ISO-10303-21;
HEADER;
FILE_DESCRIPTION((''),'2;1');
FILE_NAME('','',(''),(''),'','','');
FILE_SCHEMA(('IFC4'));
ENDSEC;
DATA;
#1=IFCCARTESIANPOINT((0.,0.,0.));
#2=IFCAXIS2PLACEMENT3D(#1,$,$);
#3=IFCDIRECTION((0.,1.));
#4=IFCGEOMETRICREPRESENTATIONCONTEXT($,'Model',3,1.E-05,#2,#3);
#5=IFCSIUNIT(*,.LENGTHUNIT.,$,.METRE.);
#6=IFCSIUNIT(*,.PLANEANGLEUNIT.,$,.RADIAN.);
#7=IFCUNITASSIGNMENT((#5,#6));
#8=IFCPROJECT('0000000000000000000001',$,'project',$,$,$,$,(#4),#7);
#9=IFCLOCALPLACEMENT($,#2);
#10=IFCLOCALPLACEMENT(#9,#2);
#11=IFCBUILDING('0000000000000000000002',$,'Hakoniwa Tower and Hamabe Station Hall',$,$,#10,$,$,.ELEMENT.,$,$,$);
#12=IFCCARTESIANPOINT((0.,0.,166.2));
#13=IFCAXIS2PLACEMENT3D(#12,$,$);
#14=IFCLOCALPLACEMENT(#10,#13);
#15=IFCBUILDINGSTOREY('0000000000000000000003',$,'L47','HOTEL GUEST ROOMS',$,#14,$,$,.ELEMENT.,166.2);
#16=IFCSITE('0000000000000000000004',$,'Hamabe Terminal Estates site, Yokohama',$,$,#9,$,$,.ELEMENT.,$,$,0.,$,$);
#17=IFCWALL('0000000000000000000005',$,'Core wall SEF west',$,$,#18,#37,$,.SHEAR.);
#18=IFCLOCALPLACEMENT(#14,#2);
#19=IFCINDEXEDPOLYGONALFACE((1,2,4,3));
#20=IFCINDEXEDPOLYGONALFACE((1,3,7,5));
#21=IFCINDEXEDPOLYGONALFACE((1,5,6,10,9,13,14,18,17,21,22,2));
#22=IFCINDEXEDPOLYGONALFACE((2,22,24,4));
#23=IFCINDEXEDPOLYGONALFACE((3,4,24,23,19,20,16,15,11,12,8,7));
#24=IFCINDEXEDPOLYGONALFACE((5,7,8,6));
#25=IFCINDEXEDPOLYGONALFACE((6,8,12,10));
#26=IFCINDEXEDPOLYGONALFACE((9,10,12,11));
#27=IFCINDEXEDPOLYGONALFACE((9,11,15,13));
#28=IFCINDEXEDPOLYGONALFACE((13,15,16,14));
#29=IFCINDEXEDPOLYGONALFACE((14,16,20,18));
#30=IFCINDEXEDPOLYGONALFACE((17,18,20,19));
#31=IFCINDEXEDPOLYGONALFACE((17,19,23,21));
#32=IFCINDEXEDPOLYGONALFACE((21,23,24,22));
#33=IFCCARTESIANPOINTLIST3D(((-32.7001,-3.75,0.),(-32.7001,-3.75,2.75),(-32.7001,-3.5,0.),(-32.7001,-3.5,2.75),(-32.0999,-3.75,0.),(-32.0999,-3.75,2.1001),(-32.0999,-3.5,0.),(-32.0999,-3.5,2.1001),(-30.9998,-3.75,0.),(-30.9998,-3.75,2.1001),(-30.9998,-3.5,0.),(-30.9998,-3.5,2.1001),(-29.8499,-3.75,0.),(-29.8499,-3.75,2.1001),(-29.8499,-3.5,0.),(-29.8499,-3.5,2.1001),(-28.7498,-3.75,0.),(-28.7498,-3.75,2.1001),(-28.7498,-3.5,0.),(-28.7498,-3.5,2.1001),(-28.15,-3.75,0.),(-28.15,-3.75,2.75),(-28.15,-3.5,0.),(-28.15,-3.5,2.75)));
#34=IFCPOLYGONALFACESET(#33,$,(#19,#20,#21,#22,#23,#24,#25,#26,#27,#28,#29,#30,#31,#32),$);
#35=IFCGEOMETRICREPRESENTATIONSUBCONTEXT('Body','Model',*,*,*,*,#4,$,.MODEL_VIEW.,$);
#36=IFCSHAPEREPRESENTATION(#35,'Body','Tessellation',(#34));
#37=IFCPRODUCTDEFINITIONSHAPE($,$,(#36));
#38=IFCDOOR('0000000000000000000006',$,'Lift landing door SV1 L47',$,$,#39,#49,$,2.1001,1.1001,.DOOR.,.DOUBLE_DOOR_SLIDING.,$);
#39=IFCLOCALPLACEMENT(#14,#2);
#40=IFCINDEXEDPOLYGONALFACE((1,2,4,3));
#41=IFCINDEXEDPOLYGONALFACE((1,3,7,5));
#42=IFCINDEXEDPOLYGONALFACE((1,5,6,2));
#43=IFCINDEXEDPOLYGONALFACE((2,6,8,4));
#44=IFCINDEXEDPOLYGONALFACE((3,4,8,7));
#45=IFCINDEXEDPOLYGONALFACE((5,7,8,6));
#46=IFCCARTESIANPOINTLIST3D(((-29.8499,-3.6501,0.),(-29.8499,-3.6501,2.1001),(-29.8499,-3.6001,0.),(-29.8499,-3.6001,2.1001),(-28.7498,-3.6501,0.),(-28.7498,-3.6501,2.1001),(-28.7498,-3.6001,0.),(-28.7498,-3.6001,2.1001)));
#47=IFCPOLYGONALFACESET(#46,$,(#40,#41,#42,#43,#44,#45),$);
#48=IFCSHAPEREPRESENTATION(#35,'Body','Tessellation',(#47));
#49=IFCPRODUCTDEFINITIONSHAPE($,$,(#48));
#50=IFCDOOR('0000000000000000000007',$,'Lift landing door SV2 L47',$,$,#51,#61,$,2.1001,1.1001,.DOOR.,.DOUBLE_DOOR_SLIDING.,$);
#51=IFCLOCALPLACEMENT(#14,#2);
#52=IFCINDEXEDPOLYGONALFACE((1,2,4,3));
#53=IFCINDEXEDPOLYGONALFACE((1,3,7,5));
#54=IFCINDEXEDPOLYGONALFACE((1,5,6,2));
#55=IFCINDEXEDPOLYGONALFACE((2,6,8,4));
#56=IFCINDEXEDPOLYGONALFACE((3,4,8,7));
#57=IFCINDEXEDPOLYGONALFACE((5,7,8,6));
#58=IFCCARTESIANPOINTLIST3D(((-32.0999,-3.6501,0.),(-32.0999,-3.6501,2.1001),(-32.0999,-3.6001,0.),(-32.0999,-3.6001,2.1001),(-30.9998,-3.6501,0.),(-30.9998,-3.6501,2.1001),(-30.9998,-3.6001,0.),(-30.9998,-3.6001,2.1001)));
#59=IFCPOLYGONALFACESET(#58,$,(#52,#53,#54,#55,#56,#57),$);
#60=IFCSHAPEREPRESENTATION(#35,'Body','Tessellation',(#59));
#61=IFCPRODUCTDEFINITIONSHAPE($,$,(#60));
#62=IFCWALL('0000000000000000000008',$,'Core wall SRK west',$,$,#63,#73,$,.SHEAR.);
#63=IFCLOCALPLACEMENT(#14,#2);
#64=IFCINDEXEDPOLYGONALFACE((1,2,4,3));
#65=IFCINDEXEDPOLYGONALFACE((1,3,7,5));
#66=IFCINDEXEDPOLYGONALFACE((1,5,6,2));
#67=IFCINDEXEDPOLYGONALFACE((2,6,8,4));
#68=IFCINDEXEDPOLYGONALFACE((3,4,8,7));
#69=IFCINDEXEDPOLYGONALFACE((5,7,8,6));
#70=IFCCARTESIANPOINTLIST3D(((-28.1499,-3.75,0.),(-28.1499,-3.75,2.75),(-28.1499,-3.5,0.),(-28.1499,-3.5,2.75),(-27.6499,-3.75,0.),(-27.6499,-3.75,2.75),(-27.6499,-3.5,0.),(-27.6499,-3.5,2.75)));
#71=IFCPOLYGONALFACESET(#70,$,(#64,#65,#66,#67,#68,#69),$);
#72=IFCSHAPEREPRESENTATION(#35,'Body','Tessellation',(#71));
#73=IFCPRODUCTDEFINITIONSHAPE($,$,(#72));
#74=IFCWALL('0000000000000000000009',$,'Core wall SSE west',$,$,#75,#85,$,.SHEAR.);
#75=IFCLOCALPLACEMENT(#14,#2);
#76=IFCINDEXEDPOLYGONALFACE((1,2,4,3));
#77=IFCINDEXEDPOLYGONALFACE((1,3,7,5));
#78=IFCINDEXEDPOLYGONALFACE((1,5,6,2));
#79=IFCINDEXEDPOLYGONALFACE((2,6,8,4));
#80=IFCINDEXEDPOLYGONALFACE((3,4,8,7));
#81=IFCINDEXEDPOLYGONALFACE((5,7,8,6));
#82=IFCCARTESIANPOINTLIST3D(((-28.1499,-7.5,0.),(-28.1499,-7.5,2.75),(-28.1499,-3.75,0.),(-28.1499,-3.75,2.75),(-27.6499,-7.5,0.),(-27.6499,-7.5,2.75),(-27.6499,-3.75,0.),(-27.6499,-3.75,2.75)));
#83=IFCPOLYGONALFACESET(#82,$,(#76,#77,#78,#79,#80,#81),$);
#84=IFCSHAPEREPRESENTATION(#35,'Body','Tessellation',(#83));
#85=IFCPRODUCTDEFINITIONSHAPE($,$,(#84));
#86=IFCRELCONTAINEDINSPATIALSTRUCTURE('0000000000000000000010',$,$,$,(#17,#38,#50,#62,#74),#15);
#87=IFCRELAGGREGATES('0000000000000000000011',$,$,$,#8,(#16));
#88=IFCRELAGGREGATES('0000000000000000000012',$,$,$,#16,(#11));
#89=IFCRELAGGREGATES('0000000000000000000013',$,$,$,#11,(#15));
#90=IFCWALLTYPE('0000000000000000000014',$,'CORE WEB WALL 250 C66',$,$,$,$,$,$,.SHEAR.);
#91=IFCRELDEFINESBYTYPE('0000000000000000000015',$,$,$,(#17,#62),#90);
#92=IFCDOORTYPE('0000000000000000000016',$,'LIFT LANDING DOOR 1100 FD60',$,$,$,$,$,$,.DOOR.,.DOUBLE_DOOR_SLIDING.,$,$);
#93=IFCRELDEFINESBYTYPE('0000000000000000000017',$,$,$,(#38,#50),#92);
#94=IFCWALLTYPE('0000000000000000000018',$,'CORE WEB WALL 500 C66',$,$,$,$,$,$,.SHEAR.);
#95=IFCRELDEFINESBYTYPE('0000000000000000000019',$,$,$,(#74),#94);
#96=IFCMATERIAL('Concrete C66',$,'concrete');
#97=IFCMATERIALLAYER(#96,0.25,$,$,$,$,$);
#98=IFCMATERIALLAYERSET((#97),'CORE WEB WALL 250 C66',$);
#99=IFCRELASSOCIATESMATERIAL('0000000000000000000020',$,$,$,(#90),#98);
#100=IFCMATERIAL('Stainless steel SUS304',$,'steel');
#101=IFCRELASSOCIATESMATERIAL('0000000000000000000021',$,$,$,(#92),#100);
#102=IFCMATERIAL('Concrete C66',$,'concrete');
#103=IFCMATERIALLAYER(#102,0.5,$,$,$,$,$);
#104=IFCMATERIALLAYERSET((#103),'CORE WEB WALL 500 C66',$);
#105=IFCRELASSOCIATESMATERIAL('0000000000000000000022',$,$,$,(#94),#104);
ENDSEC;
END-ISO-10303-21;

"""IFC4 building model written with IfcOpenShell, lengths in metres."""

from ifc_helpers import new_model, si_unit, direction, frame, frame_2d, origin, place, context, subcontext, project, spatial, rectangle, extrude, material, layer, layer_set, type_object, element, fill, save


model = new_model("IFC4")

# Units and contexts
model_context = context("Model", 3, precision=1e-05, world=origin(), true_north=direction((0.0, 1.0)))
body_context = subcontext(model_context, "Body", "Model", "MODEL_VIEW")
ifc_project = project(units=[si_unit("LENGTHUNIT", "METRE"), si_unit("PLANEANGLEUNIT", "RADIAN")], contexts=[model_context])

# Site, building, storey
site_placement = place(None, origin())
site = spatial("IfcSite", under=ifc_project, at=site_placement, Name="Hamabe Terminal Estates site, Yokohama", CompositionType="ELEMENT", RefElevation=0.0)
building_placement = place(site_placement, origin())
building = spatial("IfcBuilding", under=site, at=building_placement, Name="Hakoniwa Tower and Hamabe Station Hall", CompositionType="ELEMENT")
storey_placement = place(building_placement, frame((0.0, 0.0, 166.2)))
storey = spatial("IfcBuildingStorey", under=building, at=storey_placement, Name="L47", Description="HOTEL GUEST ROOMS", CompositionType="ELEMENT", Elevation=166.2)

# Wall, openings, doors
ifc_material_1 = material(Name="Concrete C66", Category="concrete")
ifc_layer_1 = layer(ifc_material_1, 0.25)
ifc_layer_set_1 = layer_set([ifc_layer_1], Name="CORE WEB WALL 250 C66")
wall_type_1 = type_object("IfcWallType", Name="CORE WEB WALL 250 C66", PredefinedType="SHEAR", material=ifc_layer_set_1)
ifc_material_2 = material(Name="Stainless steel SUS304", Category="steel")
door_type_1 = type_object("IfcDoorType", Name="LIFT LANDING DOOR 1100 FD60", OperationType="DOUBLE_DOOR_SLIDING", PredefinedType="DOOR", material=ifc_material_2)
wall_1_placement = place(storey_placement, frame((-32.7, -3.625, 0.0), z_axis=(0.0, 0.0, 1.0), x_axis=(1.0, 0.0, 0.0)))
wall_1 = element("IfcWall", 1, at=wall_1_placement, inside=storey, type_object=wall_type_1, Name="Core wall SEF west", PredefinedType="SHEAR", context=body_context, shape_type="SweptSolid", body=[
    extrude(rectangle(XDim=4.55, YDim=0.25, at=frame_2d((2.2749, 0.0))), origin(), (0.0, 0.0, 1.0), 2.75),
])
opening_1_placement = place(wall_1_placement, frame((2.8501, 0.0, 0.0)))
opening_1 = element("IfcOpeningElement", 2, at=opening_1_placement, cuts=wall_1, PredefinedType="OPENING", context=body_context, shape_type="SweptSolid", body=[
    extrude(rectangle(XDim=1.1001, YDim=2.1001, at=frame_2d((0.55, 1.05))), frame((0.0, 0.135, 0.0), z_axis=(0.0, -1.0, 0.0), x_axis=(1.0, 0.0, 0.0)), (0.0, 0.0, 1.0), 0.27),
])
opening_2_placement = place(wall_1_placement, frame((0.6001, 0.0, 0.0)))
opening_2 = element("IfcOpeningElement", 3, at=opening_2_placement, cuts=wall_1, PredefinedType="OPENING", context=body_context, shape_type="SweptSolid", body=[
    extrude(rectangle(XDim=1.1001, YDim=2.1001, at=frame_2d((0.55, 1.05))), frame((0.0, 0.135, 0.0), z_axis=(0.0, -1.0, 0.0), x_axis=(1.0, 0.0, 0.0)), (0.0, 0.0, 1.0), 0.27),
])
door_1_placement = place(opening_1_placement, origin())
door_1 = element("IfcDoor", 4, at=door_1_placement, inside=storey, type_object=door_type_1, Name="Lift landing door SV1 L47", OperationType="DOUBLE_DOOR_SLIDING", OverallHeight=2.1001, OverallWidth=1.1001, PredefinedType="DOOR", context=body_context, shape_type="SweptSolid", body=[
    extrude(rectangle(XDim=1.1001, YDim=2.1001, at=frame_2d((0.55, 1.05))), frame((0.0, 0.0249, 0.0), z_axis=(0.0, -1.0, 0.0), x_axis=(1.0, 0.0, 0.0)), (0.0, 0.0, 1.0), 0.05),
])
fill(opening_1, door_1)
door_2_placement = place(opening_2_placement, origin())
door_2 = element("IfcDoor", 5, at=door_2_placement, inside=storey, type_object=door_type_1, Name="Lift landing door SV2 L47", OperationType="DOUBLE_DOOR_SLIDING", OverallHeight=2.1001, OverallWidth=1.1001, PredefinedType="DOOR", context=body_context, shape_type="SweptSolid", body=[
    extrude(rectangle(XDim=1.1001, YDim=2.1001, at=frame_2d((0.55, 1.05))), frame((0.0, 0.0249, 0.0), z_axis=(0.0, -1.0, 0.0), x_axis=(1.0, 0.0, 0.0)), (0.0, 0.0, 1.0), 0.05),
])
fill(opening_2, door_2)

# Walls
wall_2_placement = place(storey_placement, frame((-28.1499, -3.625, 0.0), z_axis=(0.0, 0.0, 1.0), x_axis=(1.0, 0.0, 0.0)))
element("IfcWall", 6, at=wall_2_placement, inside=storey, type_object=wall_type_1, Name="Core wall SRK west", PredefinedType="SHEAR", context=body_context, shape_type="SweptSolid", body=[
    extrude(rectangle(XDim=0.5, YDim=0.25, at=frame_2d((0.25, 0.0))), origin(), (0.0, 0.0, 1.0), 2.75),
])
ifc_material_3 = material(Name="Concrete C66", Category="concrete")
ifc_layer_2 = layer(ifc_material_3, 0.5)
ifc_layer_set_2 = layer_set([ifc_layer_2], Name="CORE WEB WALL 500 C66")
wall_type_2 = type_object("IfcWallType", Name="CORE WEB WALL 500 C66", PredefinedType="SHEAR", material=ifc_layer_set_2)
wall_3_placement = place(storey_placement, frame((-27.8999, -7.5, 0.0), z_axis=(0.0, 0.0, 1.0), x_axis=(0.0, 1.0, 0.0)))
element("IfcWall", 7, at=wall_3_placement, inside=storey, type_object=wall_type_2, Name="Core wall SSE west", PredefinedType="SHEAR", context=body_context, shape_type="SweptSolid", body=[
    extrude(rectangle(XDim=3.75, YDim=0.5, at=frame_2d((1.875, 0.0))), origin(), (0.0, 0.0, 1.0), 2.75),
])

save(model, "model.ifc")
